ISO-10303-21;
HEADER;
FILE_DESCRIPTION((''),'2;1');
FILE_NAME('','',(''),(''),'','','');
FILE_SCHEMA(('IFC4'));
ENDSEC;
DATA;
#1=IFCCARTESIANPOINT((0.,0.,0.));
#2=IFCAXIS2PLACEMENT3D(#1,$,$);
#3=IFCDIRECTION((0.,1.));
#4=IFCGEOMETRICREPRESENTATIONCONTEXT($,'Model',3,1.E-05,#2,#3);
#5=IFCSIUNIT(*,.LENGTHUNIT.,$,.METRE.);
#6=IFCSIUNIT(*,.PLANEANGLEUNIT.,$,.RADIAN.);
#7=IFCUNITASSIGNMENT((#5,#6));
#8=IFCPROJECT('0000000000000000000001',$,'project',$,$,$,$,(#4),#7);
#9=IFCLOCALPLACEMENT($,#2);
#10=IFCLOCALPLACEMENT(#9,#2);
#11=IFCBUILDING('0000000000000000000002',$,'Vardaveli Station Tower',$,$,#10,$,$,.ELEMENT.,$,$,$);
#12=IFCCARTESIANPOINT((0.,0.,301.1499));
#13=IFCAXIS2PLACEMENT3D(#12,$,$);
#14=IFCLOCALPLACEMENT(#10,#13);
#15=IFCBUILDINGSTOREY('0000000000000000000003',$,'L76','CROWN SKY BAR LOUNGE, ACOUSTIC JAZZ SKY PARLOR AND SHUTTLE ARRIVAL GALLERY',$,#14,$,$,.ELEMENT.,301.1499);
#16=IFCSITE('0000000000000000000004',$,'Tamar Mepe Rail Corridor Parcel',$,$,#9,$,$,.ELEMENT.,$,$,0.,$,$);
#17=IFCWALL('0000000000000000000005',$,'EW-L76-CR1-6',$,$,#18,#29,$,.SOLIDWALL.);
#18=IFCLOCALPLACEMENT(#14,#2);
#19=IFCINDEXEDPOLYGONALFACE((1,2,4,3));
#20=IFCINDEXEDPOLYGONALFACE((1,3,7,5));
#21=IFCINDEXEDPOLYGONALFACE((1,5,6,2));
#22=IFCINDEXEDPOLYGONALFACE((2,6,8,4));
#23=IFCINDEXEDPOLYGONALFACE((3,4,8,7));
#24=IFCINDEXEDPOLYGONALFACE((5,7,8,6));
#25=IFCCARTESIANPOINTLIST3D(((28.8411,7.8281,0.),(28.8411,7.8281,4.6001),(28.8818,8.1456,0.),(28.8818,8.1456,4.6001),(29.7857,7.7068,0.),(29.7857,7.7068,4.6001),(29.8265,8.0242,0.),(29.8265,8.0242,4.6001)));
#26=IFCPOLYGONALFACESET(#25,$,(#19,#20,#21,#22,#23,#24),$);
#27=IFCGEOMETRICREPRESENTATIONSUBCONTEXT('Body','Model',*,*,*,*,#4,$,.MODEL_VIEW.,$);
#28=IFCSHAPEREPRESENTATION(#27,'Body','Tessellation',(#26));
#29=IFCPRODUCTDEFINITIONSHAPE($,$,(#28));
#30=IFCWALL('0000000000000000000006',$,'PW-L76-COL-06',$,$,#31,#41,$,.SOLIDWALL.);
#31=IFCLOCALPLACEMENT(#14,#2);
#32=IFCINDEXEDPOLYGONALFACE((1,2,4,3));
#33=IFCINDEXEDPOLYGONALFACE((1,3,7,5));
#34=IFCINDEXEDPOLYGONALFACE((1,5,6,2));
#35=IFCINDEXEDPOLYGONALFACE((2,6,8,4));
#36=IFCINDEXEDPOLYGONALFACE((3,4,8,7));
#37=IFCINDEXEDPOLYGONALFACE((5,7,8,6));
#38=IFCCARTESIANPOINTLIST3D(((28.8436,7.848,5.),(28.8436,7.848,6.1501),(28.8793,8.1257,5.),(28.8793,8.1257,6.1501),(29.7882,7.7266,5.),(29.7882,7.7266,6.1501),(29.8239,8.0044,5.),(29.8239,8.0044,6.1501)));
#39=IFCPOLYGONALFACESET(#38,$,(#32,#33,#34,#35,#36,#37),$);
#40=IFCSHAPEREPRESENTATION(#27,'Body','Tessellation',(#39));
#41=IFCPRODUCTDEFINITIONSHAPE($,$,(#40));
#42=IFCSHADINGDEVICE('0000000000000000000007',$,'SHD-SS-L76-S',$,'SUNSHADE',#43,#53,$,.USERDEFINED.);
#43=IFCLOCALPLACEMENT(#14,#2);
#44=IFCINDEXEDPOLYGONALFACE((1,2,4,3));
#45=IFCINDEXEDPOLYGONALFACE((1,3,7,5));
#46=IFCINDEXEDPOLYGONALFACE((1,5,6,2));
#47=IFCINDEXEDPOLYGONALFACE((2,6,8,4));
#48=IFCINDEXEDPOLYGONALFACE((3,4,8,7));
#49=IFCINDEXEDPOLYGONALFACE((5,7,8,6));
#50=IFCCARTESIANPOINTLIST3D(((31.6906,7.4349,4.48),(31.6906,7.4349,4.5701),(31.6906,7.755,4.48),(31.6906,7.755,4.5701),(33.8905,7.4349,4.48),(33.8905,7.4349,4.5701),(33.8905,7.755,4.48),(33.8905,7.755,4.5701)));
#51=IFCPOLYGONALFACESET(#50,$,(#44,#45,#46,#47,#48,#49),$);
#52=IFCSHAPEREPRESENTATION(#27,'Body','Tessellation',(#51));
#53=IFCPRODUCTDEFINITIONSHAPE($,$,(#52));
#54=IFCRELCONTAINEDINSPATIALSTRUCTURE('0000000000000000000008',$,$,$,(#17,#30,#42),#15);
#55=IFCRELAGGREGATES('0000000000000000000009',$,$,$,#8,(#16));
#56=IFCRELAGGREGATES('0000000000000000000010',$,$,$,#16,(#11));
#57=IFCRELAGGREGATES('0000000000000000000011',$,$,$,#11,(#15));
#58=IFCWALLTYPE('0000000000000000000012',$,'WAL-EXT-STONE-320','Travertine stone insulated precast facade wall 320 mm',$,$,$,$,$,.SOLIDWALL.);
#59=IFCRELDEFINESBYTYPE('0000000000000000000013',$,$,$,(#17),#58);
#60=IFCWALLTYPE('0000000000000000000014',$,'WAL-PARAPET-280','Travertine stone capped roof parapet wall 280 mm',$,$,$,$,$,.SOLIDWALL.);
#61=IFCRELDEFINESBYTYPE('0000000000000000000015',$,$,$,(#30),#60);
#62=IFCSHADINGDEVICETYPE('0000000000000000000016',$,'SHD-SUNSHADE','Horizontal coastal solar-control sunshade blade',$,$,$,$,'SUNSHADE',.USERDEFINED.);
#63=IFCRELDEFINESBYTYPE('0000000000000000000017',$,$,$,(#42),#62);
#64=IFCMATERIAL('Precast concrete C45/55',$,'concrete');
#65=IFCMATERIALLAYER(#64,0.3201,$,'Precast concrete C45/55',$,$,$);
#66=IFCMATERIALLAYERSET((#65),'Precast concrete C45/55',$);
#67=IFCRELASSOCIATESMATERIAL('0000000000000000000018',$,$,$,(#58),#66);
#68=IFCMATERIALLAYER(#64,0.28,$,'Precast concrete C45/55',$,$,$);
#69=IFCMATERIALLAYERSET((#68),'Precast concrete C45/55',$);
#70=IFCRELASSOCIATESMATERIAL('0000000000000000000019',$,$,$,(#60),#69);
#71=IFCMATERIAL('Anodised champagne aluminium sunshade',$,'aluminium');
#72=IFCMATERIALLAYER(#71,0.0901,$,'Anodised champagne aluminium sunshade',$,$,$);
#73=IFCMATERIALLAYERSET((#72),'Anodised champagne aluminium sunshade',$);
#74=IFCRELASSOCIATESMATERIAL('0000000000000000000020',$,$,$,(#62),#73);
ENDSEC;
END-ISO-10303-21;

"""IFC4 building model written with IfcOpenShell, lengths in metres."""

from ifc_helpers import new_model, si_unit, direction, frame, frame_2d, origin, origin_2d, place, context, subcontext, project, spatial, rectangle, extrude, source, transform, mapped, material, layer, layer_set, type_object, element, save


model = new_model("IFC4")

# Units and contexts
model_context = context("Model", 3, precision=1e-05, world=origin(), true_north=direction((0.0, 1.0)))
body_context = subcontext(model_context, "Body", "Model", "MODEL_VIEW")
ifc_project = project(units=[si_unit("LENGTHUNIT", "METRE"), si_unit("PLANEANGLEUNIT", "RADIAN")], contexts=[model_context])

# Site, building, storey
site_placement = place(None, origin())
site = spatial("IfcSite", under=ifc_project, at=site_placement, Name="Tamar Mepe Rail Corridor Parcel", CompositionType="ELEMENT", RefElevation=0.0)
building_placement = place(site_placement, origin())
building = spatial("IfcBuilding", under=site, at=building_placement, Name="Vardaveli Station Tower", CompositionType="ELEMENT")
storey_placement = place(building_placement, frame((0.0, 0.0, 301.1499)))
storey = spatial("IfcBuildingStorey", under=building, at=storey_placement, Name="L76", Description="CROWN SKY BAR LOUNGE, ACOUSTIC JAZZ SKY PARLOR AND SHUTTLE ARRIVAL GALLERY", CompositionType="ELEMENT", Elevation=301.1499)

# Shared definitions
ifc_material_1 = material(Name="Precast concrete C45/55", Category="concrete")

# Shared definitions
ifc_layer_1 = layer(ifc_material_1, 0.3201, Name="Precast concrete C45/55")
ifc_layer_set_1 = layer_set([ifc_layer_1], Name="Precast concrete C45/55")
wall_type_1 = type_object("IfcWallType", Name="WAL-EXT-STONE-320", Description="Travertine stone insulated precast facade wall 320 mm", PredefinedType="SOLIDWALL", material=ifc_layer_set_1)

# Walls
shared_shape_1 = source(origin(), body_context, "Body", "SweptSolid", [
    extrude(rectangle(XDim=0.9524, YDim=0.3201, at=frame_2d((0.4761, 0.0))), origin(), (0.0, 0.0, 1.0), 4.6001),
])
wall_1_placement = place(storey_placement, frame((28.8616, 7.9868, 0.0), z_axis=(0.0, 0.0, 1.0), x_axis=(0.99185, -0.12741, 0.0)))
element("IfcWall", 1, at=wall_1_placement, inside=storey, type_object=wall_type_1, Name="EW-L76-CR1-6", PredefinedType="SOLIDWALL", context=body_context, shape_type="MappedRepresentation", body=[
    mapped(shared_shape_1, transform((0.0, 0.0, 0.0), scale=1.0)),
])
ifc_layer_2 = layer(ifc_material_1, 0.28, Name="Precast concrete C45/55")
ifc_layer_set_2 = layer_set([ifc_layer_2], Name="Precast concrete C45/55")
wall_type_2 = type_object("IfcWallType", Name="WAL-PARAPET-280", Description="Travertine stone capped roof parapet wall 280 mm", PredefinedType="SOLIDWALL", material=ifc_layer_set_2)
shared_shape_2 = source(origin(), body_context, "Body", "SweptSolid", [
    extrude(rectangle(XDim=0.9524, YDim=0.28, at=frame_2d((0.4761, 0.0))), origin(), (0.0, 0.0, 1.0), 1.1501),
])
wall_2_placement = place(storey_placement, frame((28.8616, 7.9868, 5.0), z_axis=(0.0, 0.0, 1.0), x_axis=(0.99185, -0.12741, 0.0)))
element("IfcWall", 2, at=wall_2_placement, inside=storey, type_object=wall_type_2, Name="PW-L76-COL-06", PredefinedType="SOLIDWALL", context=body_context, shape_type="MappedRepresentation", body=[
    mapped(shared_shape_2, transform((0.0, 0.0, 0.0), scale=1.0)),
])

# Shading device
ifc_material_2 = material(Name="Anodised champagne aluminium sunshade", Category="aluminium")
ifc_layer_3 = layer(ifc_material_2, 0.0901, Name="Anodised champagne aluminium sunshade")
ifc_layer_set_3 = layer_set([ifc_layer_3], Name="Anodised champagne aluminium sunshade")
shading_device_type = type_object("IfcShadingDeviceType", Name="SHD-SUNSHADE", Description="Horizontal coastal solar-control sunshade blade", ElementType="SUNSHADE", PredefinedType="USERDEFINED", material=ifc_layer_set_3)
shared_shape_3 = source(origin(), body_context, "Body", "SweptSolid", [
    extrude(rectangle(XDim=2.2, YDim=0.3201, at=origin_2d()), origin(), (0.0, 0.0, 1.0), 0.0901),
])
shading_device_placement = place(storey_placement, frame((32.7905, 7.595, 4.48), z_axis=(0.0, 0.0, 1.0), x_axis=(1.0, 0.0, 0.0)))
element("IfcShadingDevice", 3, at=shading_device_placement, inside=storey, type_object=shading_device_type, Name="SHD-SS-L76-S", ObjectType="SUNSHADE", PredefinedType="USERDEFINED", context=body_context, shape_type="MappedRepresentation", body=[
    mapped(shared_shape_3, transform((0.0, 0.0, 0.0), scale=1.0)),
])

save(model, "model.ifc")
